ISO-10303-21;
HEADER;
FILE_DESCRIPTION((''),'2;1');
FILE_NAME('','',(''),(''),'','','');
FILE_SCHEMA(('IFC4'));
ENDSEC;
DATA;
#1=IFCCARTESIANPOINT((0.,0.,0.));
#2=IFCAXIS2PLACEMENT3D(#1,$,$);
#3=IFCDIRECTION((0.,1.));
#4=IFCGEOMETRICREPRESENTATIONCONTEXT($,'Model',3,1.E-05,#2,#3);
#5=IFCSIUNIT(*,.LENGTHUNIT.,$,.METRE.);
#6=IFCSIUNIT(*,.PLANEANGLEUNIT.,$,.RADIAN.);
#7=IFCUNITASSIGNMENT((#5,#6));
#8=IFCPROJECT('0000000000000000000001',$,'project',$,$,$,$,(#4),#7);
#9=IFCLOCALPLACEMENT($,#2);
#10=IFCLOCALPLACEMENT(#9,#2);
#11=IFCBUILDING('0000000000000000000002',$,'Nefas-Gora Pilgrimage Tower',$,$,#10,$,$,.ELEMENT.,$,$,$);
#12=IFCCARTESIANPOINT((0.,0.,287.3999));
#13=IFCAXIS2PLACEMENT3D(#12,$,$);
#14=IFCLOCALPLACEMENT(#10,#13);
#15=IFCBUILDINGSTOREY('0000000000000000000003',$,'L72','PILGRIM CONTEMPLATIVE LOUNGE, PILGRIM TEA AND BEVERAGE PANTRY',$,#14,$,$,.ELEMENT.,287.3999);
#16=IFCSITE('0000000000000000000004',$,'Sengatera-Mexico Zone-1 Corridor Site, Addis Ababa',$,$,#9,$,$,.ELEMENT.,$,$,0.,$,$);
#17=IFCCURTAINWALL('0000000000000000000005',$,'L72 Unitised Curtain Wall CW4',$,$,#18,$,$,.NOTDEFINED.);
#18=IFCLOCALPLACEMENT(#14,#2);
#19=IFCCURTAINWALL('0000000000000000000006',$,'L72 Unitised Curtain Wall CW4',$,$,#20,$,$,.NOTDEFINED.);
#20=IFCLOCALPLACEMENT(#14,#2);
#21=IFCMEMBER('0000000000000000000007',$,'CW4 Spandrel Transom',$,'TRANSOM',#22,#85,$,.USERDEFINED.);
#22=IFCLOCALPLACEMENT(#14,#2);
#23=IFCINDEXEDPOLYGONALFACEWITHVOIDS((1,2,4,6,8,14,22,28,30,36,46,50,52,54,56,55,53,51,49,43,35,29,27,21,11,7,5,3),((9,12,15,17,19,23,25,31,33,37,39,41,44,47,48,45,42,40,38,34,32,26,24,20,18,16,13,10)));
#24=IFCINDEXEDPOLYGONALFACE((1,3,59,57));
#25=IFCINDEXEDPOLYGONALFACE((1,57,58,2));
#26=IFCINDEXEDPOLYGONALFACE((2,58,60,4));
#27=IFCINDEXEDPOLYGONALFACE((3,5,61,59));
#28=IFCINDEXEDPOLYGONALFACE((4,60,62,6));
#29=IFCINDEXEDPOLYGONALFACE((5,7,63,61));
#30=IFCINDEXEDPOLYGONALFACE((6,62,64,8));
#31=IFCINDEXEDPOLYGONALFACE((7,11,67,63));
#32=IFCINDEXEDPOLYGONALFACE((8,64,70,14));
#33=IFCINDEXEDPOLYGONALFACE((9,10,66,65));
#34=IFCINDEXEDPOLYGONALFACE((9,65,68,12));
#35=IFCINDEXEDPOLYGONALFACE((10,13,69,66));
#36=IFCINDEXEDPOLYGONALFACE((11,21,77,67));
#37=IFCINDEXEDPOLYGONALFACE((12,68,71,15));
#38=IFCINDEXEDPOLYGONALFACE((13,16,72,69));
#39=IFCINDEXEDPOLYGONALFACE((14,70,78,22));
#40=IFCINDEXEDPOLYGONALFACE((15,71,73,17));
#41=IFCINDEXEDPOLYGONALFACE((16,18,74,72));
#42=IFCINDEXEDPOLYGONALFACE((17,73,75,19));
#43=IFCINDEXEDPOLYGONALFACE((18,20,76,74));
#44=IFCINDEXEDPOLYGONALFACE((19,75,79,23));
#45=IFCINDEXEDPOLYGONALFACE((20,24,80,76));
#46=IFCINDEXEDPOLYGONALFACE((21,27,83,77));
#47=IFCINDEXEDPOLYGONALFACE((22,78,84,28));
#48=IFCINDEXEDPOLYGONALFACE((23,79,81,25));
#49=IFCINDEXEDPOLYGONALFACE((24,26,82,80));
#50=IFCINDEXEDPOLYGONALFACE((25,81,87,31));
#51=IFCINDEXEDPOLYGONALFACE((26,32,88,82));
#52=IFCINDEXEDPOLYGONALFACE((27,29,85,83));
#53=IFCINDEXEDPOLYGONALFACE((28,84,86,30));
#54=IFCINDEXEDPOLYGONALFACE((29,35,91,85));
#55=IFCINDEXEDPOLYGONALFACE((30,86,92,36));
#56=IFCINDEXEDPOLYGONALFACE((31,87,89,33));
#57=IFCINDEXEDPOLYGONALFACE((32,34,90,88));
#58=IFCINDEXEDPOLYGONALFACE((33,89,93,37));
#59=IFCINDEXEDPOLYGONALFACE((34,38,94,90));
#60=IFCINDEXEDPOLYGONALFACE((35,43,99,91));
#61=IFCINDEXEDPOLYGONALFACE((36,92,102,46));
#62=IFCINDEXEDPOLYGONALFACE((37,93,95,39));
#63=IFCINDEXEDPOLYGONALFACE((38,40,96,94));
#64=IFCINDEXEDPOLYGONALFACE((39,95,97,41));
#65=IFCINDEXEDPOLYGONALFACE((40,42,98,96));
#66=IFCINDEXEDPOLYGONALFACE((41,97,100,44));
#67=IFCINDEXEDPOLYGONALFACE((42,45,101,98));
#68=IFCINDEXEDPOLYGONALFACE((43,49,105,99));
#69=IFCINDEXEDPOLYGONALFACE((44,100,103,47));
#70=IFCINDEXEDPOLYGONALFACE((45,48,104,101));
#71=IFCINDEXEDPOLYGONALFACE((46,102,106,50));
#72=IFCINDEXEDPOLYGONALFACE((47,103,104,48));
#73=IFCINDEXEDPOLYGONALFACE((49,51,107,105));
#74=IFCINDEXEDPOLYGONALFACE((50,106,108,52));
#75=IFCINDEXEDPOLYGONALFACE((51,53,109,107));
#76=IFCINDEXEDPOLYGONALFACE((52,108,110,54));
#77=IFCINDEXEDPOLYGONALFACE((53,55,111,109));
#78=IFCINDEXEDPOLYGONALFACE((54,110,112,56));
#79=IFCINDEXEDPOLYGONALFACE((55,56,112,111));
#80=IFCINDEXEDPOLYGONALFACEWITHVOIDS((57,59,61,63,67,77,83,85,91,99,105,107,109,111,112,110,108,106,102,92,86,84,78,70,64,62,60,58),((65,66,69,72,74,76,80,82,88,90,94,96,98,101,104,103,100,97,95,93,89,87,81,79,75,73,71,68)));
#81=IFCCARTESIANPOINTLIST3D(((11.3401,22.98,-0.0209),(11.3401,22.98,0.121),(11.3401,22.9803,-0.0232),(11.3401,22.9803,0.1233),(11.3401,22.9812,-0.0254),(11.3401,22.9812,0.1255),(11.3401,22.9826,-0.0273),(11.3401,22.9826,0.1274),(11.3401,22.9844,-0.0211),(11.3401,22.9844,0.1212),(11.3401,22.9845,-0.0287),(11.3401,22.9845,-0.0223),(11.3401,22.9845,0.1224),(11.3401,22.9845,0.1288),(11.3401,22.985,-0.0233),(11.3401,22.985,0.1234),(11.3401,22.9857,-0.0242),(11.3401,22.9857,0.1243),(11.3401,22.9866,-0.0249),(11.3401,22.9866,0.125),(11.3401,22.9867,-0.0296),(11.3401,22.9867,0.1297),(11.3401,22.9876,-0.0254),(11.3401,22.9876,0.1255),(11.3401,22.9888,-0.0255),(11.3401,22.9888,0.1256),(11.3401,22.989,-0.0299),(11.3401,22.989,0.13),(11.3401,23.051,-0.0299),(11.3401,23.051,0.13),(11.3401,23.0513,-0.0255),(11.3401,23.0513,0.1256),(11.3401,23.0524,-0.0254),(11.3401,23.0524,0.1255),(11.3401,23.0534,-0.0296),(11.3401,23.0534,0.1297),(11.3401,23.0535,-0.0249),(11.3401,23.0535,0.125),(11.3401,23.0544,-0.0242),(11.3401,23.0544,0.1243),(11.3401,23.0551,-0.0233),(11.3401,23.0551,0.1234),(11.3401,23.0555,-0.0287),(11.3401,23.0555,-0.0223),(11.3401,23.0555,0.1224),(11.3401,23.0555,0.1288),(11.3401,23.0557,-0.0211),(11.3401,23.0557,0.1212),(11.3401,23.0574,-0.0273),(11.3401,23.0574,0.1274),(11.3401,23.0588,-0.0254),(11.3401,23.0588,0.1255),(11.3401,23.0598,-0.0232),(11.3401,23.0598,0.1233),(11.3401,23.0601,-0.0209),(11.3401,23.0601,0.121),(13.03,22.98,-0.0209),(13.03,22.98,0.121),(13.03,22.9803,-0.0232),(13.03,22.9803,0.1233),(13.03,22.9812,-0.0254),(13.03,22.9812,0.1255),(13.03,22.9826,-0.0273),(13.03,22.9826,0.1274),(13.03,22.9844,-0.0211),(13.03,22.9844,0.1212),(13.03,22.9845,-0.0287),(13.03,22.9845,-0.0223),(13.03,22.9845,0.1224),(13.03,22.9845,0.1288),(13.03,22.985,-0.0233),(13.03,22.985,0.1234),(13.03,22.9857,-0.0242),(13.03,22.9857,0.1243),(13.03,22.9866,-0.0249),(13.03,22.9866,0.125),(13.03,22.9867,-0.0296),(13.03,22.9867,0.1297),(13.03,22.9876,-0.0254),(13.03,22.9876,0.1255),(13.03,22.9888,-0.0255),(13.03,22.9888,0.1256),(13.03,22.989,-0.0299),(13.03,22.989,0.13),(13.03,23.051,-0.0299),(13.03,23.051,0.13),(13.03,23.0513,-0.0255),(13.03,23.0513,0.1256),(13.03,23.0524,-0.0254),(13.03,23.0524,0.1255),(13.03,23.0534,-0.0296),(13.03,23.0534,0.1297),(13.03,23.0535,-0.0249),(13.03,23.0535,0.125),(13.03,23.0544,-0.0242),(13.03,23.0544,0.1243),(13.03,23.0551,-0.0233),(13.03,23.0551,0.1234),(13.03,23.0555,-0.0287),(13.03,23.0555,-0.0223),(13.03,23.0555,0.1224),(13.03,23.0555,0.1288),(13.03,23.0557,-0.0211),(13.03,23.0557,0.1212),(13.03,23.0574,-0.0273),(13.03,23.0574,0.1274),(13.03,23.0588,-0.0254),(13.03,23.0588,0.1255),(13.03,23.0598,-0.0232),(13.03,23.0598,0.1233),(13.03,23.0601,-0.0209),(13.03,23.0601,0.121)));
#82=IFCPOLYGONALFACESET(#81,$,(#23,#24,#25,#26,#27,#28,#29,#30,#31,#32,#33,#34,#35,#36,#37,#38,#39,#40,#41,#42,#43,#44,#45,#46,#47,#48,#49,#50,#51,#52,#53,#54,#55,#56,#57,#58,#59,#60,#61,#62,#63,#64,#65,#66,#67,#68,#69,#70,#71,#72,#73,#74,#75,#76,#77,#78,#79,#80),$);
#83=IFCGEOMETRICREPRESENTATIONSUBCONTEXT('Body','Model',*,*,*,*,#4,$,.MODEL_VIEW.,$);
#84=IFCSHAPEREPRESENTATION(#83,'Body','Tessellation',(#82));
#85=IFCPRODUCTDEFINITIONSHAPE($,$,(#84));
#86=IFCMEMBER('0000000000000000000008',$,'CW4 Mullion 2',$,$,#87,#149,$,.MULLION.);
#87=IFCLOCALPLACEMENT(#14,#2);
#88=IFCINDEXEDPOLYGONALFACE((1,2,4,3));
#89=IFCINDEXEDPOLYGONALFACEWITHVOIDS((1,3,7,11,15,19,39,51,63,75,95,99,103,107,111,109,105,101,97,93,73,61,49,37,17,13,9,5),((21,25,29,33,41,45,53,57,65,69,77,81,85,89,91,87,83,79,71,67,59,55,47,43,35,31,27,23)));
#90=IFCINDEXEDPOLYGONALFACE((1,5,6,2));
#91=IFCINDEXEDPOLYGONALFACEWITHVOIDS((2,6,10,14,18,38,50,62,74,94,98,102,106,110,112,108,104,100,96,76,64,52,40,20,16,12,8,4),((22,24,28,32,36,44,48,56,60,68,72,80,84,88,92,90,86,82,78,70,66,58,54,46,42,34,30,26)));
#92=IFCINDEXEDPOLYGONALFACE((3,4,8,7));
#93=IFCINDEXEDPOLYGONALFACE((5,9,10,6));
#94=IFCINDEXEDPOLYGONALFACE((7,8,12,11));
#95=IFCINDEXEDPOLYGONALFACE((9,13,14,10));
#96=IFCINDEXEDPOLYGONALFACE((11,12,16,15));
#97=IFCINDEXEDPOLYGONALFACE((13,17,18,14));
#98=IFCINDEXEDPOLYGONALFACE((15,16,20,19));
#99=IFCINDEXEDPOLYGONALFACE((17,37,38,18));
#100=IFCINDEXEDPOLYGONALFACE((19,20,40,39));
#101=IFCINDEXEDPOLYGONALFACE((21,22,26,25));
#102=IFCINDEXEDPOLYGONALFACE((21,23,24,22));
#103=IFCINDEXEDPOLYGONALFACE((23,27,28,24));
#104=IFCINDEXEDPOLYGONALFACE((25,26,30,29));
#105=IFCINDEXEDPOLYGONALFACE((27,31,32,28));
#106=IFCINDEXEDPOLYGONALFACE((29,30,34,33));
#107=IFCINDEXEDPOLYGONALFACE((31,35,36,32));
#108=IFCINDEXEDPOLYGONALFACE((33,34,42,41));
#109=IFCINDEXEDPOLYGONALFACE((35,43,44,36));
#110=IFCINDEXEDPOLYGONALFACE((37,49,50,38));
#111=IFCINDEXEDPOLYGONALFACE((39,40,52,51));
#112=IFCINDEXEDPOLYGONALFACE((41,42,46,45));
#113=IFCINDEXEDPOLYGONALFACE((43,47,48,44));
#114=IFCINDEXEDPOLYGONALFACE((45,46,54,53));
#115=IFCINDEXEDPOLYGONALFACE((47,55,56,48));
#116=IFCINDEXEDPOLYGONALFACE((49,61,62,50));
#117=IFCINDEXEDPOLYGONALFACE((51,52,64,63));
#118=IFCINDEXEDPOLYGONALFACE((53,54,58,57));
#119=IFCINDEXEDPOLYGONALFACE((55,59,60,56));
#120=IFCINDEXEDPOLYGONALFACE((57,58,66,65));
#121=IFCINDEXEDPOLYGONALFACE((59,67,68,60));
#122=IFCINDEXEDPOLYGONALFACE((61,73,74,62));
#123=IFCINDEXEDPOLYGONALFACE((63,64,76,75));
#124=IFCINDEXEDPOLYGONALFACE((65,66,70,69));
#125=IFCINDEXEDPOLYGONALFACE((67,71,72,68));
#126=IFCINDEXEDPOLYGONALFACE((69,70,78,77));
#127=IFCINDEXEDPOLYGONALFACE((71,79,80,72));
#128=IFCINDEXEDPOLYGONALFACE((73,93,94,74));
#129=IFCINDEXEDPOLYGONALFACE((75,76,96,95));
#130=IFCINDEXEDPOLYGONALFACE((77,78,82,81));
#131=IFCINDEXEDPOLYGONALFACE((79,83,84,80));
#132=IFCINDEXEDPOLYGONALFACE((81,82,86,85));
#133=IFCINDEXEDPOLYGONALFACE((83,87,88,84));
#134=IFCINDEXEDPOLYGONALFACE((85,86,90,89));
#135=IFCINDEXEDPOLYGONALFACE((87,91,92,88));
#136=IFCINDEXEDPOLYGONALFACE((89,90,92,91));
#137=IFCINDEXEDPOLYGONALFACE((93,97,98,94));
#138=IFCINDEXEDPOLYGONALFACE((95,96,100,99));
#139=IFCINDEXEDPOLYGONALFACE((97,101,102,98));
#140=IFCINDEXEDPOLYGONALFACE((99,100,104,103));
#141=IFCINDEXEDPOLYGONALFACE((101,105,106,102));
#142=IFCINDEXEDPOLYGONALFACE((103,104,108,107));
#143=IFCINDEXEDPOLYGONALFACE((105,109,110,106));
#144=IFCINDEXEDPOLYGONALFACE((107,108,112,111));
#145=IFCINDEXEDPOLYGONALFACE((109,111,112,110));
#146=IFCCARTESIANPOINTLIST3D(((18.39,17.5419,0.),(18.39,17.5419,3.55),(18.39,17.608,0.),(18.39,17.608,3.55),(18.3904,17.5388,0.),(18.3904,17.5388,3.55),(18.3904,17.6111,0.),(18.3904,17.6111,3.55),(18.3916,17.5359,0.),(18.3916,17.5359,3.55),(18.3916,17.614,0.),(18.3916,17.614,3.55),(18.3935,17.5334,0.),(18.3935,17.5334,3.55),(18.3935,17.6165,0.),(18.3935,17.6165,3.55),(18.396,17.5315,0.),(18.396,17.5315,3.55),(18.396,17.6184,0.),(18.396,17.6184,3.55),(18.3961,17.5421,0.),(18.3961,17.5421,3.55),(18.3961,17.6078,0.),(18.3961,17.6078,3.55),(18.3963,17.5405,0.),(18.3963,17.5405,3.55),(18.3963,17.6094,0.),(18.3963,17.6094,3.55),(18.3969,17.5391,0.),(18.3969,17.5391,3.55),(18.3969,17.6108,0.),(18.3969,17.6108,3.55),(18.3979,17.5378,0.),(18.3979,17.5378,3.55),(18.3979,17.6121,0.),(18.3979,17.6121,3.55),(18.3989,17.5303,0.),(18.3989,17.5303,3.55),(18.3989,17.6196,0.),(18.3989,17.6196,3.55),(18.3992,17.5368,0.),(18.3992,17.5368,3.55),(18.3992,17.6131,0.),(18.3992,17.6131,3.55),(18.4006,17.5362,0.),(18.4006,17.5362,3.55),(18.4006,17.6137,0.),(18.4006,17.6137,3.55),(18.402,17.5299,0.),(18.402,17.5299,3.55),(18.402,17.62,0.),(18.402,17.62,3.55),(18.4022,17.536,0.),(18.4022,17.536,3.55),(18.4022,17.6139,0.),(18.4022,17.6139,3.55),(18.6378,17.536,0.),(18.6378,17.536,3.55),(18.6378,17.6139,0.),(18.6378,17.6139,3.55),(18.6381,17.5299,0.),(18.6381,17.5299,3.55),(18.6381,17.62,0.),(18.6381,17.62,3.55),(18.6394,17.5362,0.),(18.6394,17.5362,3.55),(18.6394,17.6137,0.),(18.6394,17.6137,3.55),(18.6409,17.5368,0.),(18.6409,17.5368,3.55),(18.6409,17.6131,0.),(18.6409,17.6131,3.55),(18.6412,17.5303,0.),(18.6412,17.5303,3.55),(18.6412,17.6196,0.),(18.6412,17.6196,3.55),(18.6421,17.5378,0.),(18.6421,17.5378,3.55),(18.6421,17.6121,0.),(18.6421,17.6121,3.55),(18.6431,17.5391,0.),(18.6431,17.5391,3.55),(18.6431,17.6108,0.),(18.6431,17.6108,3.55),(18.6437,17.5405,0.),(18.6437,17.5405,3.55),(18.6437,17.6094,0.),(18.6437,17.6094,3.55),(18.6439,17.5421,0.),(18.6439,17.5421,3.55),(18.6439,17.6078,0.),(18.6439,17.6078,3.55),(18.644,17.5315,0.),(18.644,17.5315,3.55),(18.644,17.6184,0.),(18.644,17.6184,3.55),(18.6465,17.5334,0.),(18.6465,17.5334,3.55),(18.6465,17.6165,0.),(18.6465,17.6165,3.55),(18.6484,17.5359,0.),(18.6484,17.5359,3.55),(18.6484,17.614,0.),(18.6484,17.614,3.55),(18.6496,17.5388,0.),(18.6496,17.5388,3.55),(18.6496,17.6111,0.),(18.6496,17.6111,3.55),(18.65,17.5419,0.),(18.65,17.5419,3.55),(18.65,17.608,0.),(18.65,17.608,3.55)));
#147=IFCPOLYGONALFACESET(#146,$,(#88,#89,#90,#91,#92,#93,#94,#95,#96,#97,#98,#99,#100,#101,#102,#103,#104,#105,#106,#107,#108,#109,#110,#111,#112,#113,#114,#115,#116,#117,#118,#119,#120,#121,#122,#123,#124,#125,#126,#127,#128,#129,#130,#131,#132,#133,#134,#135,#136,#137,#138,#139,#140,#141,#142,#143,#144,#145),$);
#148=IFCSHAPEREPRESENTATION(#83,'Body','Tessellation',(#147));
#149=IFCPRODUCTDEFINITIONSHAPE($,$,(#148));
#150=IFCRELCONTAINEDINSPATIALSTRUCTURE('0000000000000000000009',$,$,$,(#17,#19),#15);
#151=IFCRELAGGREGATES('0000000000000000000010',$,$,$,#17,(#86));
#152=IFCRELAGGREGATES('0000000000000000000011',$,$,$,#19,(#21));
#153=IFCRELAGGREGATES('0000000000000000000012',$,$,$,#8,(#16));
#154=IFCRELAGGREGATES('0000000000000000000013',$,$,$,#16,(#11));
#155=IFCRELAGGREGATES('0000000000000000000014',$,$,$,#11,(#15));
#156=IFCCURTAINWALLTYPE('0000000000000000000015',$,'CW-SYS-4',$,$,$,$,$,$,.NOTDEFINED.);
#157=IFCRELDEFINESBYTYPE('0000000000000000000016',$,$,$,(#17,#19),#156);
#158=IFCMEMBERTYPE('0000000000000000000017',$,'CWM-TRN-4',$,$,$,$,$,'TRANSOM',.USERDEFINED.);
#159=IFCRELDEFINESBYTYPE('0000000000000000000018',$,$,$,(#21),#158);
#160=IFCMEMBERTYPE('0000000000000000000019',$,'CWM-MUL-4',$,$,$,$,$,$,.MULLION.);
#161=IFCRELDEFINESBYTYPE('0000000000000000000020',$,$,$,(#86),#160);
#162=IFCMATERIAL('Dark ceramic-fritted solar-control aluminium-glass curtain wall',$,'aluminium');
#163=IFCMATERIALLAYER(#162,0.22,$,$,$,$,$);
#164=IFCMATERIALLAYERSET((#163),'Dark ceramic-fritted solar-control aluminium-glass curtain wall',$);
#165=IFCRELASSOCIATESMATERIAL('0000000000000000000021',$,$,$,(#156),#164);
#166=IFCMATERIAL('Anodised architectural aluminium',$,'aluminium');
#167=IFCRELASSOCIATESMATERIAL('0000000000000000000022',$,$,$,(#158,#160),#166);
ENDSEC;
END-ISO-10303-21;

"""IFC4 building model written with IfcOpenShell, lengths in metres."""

from ifc_helpers import new_model, si_unit, direction, frame, origin, origin_2d, place, context, subcontext, project, spatial, hollow_rectangle, extrude, source, transform, mapped, material, layer, layer_set, material_profile, profile_set, type_object, element, aggregate, save


model = new_model("IFC4")

# Units and contexts
model_context = context("Model", 3, precision=1e-05, world=origin(), true_north=direction((0.0, 1.0)))
body_context = subcontext(model_context, "Body", "Model", "MODEL_VIEW")
ifc_project = project(units=[si_unit("LENGTHUNIT", "METRE"), si_unit("PLANEANGLEUNIT", "RADIAN")], contexts=[model_context])

# Site, building, storey
site_placement = place(None, origin())
site = spatial("IfcSite", under=ifc_project, at=site_placement, Name="Sengatera-Mexico Zone-1 Corridor Site, Addis Ababa", CompositionType="ELEMENT", RefElevation=0.0)
building_placement = place(site_placement, origin())
building = spatial("IfcBuilding", under=site, at=building_placement, Name="Nefas-Gora Pilgrimage Tower", CompositionType="ELEMENT")
storey_placement = place(building_placement, frame((0.0, 0.0, 287.3999)))
storey = spatial("IfcBuildingStorey", under=building, at=storey_placement, Name="L72", Description="PILGRIM CONTEMPLATIVE LOUNGE, PILGRIM TEA AND BEVERAGE PANTRY", CompositionType="ELEMENT", Elevation=287.3999)

# Shared definitions
ifc_material_1 = material(Name="Dark ceramic-fritted solar-control aluminium-glass curtain wall", Category="aluminium")
ifc_material_2 = material(Name="Anodised architectural aluminium", Category="aluminium")

# Curtain walls, member
ifc_layer_1 = layer(ifc_material_1, 0.22)
ifc_layer_set_1 = layer_set([ifc_layer_1], Name="Dark ceramic-fritted solar-control aluminium-glass curtain wall")
curtain_wall_type_1 = type_object("IfcCurtainWallType", Name="CW-SYS-4", PredefinedType="NOTDEFINED", material=ifc_layer_set_1)
curtain_wall_1_placement = place(storey_placement, origin())
curtain_wall_1 = element("IfcCurtainWall", 1, at=curtain_wall_1_placement, inside=storey, type_object=curtain_wall_type_1, Name="L72 Unitised Curtain Wall CW4", PredefinedType="NOTDEFINED")
ifc_material_profile_1 = material_profile(ifc_material_2, hollow_rectangle(XDim=0.0801, YDim=0.1599, WallThickness=0.0044, InnerFilletRadius=0.0044, OuterFilletRadius=0.009, at=origin_2d()), Name="ALU TRANSOM 80x160")
ifc_profile_set_1 = profile_set([ifc_material_profile_1], Name="Anodised architectural aluminium")
member_type_1 = type_object("IfcMemberType", Name="CWM-TRN-4", ElementType="TRANSOM", PredefinedType="USERDEFINED", material=ifc_profile_set_1)
curtain_wall_2_placement = place(storey_placement, origin())
curtain_wall_2 = element("IfcCurtainWall", 2, at=curtain_wall_2_placement, inside=storey, type_object=curtain_wall_type_1, Name="L72 Unitised Curtain Wall CW4", PredefinedType="NOTDEFINED")
shared_shape_1 = source(origin(), body_context, "Body", "SweptSolid", [
    extrude(hollow_rectangle(XDim=0.0801, YDim=0.1599, WallThickness=0.0044, InnerFilletRadius=0.0044, OuterFilletRadius=0.009, at=origin_2d()), origin(), (0.0, 0.0, 1.0), 1.6899),
])
member_1_placement = place(storey_placement, frame((13.03, 23.02, 0.05), z_axis=(-1.0, 0.0, 0.0), x_axis=(0.0, -1.0, 0.0)))
member_1 = element("IfcMember", 3, at=member_1_placement, type_object=member_type_1, Name="CW4 Spandrel Transom", ObjectType="TRANSOM", PredefinedType="USERDEFINED", context=body_context, shape_type="MappedRepresentation", body=[
    mapped(shared_shape_1, transform((0.0, 0.0, 0.0), x_axis=(1.0, 0.0, 0.0), y_axis=(0.0, 1.0, 0.0), z_axis=(0.0, 0.0, 1.0), scale=1.0)),
])

# Member
ifc_material_profile_2 = material_profile(ifc_material_2, hollow_rectangle(XDim=0.0901, YDim=0.26, WallThickness=0.0061, InnerFilletRadius=0.0061, OuterFilletRadius=0.012, at=origin_2d()), Name="ALU MULLION 90x260")
ifc_profile_set_2 = profile_set([ifc_material_profile_2], Name="Anodised architectural aluminium")
member_type_2 = type_object("IfcMemberType", Name="CWM-MUL-4", PredefinedType="MULLION", material=ifc_profile_set_2)
shared_shape_2 = source(origin(), body_context, "Body", "SweptSolid", [
    extrude(hollow_rectangle(XDim=0.0901, YDim=0.26, WallThickness=0.0061, InnerFilletRadius=0.0061, OuterFilletRadius=0.012, at=origin_2d()), origin(), (0.0, 0.0, 1.0), 3.55),
])
member_2_placement = place(storey_placement, frame((18.52, 17.575, 0.0), z_axis=(0.0, 0.0, 1.0), x_axis=(0.0, 1.0, 0.0)))
member_2 = element("IfcMember", 4, at=member_2_placement, type_object=member_type_2, Name="CW4 Mullion 2", PredefinedType="MULLION", context=body_context, shape_type="MappedRepresentation", body=[
    mapped(shared_shape_2, transform((0.0, 0.0, 0.0), x_axis=(1.0, 0.0, 0.0), y_axis=(0.0, 1.0, 0.0), z_axis=(0.0, 0.0, 1.0), scale=1.0)),
])

aggregate(curtain_wall_1, [member_2])
aggregate(curtain_wall_2, [member_1])

save(model, "model.ifc")
